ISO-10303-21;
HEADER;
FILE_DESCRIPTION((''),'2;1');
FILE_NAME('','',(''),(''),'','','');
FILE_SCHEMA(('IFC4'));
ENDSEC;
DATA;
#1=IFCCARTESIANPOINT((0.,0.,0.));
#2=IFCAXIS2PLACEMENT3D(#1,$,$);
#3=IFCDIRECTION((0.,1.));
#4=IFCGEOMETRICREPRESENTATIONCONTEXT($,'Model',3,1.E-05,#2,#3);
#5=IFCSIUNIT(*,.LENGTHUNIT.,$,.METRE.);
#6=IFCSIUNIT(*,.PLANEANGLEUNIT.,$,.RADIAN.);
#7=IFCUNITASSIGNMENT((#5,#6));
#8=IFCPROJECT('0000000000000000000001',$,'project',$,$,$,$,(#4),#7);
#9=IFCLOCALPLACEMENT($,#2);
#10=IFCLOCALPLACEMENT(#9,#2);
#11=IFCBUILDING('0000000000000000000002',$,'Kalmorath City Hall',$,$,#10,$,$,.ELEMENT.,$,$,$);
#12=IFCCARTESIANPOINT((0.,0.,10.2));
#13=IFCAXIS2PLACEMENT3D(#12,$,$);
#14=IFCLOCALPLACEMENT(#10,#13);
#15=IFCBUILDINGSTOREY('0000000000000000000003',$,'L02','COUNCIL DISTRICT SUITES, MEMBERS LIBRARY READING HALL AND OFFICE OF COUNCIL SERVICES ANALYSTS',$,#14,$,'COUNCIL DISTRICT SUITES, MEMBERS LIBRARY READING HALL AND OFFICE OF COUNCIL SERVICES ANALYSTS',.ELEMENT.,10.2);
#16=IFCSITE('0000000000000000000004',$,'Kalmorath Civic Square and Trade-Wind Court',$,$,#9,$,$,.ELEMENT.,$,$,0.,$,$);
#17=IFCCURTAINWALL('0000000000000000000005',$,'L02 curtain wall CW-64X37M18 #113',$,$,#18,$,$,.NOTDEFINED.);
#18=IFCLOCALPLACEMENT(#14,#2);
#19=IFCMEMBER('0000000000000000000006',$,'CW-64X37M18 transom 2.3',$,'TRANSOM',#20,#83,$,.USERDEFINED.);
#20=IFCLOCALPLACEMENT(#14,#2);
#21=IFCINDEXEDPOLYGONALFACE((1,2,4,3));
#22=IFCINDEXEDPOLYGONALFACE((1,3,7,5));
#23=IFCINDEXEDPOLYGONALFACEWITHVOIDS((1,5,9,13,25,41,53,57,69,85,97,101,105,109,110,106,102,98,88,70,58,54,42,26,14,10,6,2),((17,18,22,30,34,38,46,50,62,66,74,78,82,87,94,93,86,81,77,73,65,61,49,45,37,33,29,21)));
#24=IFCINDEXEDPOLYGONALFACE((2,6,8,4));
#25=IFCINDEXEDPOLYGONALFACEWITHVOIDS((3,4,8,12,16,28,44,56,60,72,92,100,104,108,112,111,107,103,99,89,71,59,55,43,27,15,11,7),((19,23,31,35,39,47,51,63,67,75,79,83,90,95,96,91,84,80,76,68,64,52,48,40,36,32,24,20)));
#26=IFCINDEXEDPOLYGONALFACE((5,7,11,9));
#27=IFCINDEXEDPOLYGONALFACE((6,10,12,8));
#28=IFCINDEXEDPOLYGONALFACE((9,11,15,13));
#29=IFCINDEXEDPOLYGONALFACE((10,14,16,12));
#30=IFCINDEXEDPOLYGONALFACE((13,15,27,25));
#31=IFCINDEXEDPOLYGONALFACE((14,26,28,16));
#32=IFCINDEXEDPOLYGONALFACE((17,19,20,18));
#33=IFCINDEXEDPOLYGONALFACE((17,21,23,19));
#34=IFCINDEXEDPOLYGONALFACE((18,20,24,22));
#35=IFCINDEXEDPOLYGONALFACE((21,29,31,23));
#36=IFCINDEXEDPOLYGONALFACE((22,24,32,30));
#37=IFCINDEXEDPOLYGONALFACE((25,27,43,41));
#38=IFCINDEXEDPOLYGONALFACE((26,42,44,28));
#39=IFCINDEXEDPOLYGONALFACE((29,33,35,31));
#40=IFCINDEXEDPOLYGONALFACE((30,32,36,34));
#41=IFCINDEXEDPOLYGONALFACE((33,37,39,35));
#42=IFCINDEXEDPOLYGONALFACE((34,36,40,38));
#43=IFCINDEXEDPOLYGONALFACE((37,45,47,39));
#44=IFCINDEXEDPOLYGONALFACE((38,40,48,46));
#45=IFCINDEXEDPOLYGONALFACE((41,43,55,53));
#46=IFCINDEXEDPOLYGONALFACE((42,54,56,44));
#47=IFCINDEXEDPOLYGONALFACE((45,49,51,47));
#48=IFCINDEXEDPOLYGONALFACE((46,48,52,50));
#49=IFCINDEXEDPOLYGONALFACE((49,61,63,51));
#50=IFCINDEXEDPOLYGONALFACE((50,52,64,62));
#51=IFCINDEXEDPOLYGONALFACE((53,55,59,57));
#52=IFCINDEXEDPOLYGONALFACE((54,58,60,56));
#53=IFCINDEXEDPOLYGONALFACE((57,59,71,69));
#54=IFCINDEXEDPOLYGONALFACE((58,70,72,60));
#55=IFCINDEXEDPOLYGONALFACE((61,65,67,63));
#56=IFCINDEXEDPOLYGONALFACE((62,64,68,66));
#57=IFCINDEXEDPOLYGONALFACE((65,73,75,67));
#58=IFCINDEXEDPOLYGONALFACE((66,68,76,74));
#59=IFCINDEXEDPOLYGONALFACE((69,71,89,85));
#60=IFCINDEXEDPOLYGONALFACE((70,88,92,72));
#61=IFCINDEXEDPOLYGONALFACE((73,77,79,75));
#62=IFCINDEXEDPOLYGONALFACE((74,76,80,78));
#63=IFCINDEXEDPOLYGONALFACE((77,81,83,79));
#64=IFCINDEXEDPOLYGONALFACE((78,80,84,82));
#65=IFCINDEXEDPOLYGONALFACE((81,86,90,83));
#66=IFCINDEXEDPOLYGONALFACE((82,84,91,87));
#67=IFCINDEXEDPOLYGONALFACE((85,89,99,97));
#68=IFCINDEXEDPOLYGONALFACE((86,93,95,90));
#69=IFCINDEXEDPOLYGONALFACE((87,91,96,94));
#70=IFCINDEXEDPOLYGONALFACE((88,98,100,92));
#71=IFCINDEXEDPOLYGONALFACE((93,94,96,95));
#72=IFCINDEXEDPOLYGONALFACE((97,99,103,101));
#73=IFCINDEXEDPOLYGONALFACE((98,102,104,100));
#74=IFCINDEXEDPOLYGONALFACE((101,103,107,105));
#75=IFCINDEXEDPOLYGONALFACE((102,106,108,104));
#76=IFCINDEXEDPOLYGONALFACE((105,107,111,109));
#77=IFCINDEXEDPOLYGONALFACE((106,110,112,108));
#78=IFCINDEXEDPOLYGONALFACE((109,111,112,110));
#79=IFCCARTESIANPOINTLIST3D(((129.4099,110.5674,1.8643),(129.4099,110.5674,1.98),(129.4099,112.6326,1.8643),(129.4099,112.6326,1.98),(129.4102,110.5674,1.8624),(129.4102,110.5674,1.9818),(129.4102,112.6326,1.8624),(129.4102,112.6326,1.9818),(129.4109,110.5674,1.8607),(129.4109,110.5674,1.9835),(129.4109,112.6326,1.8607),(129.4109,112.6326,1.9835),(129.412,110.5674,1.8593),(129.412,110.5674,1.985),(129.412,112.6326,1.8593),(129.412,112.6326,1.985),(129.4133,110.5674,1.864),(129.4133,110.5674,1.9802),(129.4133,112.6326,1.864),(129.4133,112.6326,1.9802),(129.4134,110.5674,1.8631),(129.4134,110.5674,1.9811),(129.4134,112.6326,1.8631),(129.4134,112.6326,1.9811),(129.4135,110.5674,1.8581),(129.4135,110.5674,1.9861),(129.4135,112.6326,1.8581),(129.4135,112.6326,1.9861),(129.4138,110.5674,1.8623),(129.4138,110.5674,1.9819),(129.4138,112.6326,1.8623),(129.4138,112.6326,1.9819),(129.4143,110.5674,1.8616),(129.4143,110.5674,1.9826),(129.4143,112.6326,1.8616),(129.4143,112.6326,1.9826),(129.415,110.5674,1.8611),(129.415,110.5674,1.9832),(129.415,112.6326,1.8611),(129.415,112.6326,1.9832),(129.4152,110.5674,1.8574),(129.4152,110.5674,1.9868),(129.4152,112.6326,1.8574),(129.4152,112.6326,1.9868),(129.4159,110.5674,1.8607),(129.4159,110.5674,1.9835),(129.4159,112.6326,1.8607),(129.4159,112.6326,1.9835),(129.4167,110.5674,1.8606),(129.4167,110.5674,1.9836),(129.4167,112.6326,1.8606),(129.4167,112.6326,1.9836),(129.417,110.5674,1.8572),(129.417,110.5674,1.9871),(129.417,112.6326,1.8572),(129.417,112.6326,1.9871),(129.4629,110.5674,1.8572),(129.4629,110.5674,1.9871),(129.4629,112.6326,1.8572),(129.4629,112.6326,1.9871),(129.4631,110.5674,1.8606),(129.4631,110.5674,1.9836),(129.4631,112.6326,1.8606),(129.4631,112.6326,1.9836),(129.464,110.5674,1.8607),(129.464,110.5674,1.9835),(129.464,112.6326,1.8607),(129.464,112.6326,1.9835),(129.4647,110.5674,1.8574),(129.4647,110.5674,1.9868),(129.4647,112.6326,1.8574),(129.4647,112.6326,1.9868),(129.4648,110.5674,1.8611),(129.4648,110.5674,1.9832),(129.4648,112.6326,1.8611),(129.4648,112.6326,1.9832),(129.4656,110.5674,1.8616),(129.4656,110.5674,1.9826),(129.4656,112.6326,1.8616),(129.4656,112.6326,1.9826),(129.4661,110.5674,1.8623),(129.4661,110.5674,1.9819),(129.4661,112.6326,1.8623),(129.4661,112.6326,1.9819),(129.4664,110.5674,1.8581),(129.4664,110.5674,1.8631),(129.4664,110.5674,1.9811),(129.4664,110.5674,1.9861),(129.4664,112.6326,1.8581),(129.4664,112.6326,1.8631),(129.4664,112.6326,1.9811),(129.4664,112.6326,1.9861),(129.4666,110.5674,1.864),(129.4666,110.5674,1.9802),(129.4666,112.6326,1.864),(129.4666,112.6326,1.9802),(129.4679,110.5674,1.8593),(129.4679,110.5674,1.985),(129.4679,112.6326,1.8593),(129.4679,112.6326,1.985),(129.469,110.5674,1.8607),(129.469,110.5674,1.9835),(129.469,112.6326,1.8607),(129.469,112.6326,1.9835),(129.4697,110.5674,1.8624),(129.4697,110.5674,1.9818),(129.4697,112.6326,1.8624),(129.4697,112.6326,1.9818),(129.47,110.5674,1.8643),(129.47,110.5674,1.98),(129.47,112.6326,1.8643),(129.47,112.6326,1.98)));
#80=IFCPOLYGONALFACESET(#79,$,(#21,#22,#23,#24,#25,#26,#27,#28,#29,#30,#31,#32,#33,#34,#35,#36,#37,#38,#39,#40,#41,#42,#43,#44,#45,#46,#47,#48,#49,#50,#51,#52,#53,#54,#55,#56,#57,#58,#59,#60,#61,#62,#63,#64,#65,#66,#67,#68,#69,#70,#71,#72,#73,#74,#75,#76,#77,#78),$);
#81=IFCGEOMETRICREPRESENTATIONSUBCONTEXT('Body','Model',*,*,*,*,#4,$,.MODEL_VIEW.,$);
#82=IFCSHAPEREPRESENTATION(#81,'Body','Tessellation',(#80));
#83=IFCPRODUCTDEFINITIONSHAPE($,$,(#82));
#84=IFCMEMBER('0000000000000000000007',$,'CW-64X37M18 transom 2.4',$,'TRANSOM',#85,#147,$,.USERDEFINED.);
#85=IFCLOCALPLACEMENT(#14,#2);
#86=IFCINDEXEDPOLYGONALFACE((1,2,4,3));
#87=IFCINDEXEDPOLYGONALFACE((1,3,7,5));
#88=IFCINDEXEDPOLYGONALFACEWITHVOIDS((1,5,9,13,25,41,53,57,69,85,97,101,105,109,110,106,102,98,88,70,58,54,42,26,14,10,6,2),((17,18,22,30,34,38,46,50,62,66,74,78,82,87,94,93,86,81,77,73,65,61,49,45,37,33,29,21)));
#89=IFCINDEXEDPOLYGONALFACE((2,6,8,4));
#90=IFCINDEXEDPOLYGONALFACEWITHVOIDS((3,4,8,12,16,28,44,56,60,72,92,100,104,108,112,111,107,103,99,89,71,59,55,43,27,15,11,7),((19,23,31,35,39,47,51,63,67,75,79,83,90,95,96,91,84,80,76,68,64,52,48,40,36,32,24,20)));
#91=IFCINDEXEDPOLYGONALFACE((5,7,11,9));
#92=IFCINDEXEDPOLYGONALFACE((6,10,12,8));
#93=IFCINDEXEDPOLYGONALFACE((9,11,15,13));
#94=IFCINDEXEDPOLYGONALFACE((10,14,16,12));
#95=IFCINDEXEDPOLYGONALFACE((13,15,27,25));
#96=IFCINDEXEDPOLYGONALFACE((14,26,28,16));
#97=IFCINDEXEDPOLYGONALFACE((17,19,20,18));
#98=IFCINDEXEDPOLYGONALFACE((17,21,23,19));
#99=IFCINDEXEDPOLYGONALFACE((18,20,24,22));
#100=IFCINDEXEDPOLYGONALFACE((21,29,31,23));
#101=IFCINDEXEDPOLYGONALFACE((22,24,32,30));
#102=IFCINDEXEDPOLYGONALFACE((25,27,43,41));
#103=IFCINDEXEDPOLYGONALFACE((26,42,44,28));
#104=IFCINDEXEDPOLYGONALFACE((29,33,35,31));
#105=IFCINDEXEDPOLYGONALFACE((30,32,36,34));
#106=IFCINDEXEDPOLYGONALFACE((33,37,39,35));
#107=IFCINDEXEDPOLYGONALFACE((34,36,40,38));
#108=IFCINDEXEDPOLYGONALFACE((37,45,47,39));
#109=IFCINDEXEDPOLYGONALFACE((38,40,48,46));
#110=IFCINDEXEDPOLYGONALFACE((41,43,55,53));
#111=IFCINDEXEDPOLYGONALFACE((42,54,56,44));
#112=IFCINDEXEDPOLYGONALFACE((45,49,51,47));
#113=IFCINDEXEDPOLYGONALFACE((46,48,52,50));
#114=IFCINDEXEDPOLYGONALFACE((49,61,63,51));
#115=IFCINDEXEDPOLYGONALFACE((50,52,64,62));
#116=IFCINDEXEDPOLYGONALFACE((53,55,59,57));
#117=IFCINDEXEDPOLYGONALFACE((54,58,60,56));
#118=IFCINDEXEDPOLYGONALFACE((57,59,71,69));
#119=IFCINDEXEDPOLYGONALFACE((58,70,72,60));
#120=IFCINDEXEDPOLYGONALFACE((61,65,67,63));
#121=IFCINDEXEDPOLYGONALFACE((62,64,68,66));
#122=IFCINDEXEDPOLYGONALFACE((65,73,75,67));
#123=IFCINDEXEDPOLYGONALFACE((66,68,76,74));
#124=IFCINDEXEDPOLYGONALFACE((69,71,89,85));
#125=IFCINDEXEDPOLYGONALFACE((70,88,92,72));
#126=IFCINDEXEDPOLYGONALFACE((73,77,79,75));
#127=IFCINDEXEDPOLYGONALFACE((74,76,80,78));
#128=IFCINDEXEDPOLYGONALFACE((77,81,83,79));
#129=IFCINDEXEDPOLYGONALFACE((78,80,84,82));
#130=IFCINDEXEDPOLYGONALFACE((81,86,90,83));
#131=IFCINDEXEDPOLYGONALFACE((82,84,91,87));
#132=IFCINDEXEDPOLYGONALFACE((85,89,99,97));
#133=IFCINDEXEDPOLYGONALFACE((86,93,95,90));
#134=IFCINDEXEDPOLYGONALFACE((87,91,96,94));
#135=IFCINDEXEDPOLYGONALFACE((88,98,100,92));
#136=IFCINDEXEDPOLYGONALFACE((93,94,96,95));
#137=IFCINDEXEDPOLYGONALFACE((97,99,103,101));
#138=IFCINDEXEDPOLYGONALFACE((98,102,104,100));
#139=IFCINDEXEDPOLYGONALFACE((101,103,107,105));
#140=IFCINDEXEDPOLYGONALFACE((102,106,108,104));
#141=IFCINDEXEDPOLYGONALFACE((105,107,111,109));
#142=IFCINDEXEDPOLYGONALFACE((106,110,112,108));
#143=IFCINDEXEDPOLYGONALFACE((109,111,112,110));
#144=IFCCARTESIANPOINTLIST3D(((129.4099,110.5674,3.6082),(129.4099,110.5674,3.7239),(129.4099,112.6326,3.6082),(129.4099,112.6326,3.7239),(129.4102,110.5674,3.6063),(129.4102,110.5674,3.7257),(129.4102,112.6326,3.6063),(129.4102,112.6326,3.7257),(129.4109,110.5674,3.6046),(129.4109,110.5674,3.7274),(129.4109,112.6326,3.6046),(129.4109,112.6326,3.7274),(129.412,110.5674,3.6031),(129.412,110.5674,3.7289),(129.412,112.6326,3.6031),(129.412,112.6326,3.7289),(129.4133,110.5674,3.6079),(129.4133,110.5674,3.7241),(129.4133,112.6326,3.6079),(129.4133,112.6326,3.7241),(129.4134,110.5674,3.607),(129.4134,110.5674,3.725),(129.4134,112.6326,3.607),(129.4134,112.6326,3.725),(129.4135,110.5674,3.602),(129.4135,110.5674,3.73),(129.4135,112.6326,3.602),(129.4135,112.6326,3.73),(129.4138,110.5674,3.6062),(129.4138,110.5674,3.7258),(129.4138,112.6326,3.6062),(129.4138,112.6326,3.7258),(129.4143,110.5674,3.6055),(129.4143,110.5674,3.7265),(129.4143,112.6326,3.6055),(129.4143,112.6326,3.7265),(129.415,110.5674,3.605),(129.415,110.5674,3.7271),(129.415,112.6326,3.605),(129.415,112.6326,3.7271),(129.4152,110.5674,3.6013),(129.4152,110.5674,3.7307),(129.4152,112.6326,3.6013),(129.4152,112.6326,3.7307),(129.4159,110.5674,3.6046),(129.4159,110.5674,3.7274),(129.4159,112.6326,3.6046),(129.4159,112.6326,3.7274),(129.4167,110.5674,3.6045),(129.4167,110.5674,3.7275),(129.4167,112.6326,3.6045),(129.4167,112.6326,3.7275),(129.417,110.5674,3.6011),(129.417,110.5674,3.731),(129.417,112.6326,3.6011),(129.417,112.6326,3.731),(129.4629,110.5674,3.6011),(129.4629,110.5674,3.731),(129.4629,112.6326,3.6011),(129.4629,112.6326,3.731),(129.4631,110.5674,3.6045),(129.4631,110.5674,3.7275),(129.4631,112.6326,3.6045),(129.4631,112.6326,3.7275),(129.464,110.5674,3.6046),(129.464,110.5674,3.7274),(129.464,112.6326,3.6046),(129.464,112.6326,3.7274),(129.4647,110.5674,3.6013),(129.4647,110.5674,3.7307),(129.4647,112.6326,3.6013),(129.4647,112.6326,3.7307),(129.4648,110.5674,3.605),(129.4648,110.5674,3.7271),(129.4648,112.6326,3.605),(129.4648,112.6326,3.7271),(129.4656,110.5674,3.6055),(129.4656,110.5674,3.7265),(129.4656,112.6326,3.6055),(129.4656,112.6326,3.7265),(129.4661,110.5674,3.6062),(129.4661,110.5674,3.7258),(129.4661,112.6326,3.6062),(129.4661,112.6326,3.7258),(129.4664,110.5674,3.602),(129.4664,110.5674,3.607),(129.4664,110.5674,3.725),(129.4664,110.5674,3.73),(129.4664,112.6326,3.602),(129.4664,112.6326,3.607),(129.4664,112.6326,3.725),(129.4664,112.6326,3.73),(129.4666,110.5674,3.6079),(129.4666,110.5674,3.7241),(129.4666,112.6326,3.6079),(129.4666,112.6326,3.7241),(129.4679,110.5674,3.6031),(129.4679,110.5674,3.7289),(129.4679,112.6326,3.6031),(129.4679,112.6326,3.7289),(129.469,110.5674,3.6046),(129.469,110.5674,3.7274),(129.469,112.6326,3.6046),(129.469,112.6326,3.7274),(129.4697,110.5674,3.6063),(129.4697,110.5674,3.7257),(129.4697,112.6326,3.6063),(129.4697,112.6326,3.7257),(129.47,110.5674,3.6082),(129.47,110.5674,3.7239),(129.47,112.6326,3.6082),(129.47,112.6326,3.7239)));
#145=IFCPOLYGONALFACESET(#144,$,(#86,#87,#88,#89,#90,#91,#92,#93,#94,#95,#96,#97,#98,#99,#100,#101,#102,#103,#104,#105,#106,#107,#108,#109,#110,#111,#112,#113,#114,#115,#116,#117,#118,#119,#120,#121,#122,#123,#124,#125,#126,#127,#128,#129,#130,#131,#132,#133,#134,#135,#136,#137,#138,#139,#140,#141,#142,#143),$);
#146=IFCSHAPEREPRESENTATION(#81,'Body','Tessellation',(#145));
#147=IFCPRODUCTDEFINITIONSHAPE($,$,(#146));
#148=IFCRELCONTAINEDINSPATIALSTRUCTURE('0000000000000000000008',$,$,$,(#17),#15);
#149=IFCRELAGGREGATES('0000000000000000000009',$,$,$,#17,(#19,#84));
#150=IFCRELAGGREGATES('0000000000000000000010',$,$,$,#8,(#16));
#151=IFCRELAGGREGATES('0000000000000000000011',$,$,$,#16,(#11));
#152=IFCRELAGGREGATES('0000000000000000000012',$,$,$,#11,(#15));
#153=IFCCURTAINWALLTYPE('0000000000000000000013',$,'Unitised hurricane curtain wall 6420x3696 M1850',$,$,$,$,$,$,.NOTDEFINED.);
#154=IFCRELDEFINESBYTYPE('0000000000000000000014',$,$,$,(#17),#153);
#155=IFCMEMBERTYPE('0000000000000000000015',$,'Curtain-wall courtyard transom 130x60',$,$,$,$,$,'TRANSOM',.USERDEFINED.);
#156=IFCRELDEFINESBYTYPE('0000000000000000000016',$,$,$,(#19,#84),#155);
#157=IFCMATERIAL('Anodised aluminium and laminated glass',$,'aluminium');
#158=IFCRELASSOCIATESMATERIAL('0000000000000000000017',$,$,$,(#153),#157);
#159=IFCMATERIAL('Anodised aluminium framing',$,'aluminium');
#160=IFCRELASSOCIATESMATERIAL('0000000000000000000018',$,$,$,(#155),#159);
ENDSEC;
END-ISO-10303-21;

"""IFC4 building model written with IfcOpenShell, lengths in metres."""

from ifc_helpers import new_model, si_unit, direction, frame, origin, origin_2d, place, context, subcontext, project, spatial, hollow_rectangle, extrude, material, material_profile, profile_set, type_object, element, aggregate, save


model = new_model("IFC4")

# Units and contexts
model_context = context("Model", 3, precision=1e-05, world=origin(), true_north=direction((0.0, 1.0)))
body_context = subcontext(model_context, "Body", "Model", "MODEL_VIEW")
ifc_project = project(units=[si_unit("LENGTHUNIT", "METRE"), si_unit("PLANEANGLEUNIT", "RADIAN")], contexts=[model_context])

# Site, building, storey
site_placement = place(None, origin())
site = spatial("IfcSite", under=ifc_project, at=site_placement, Name="Kalmorath Civic Square and Trade-Wind Court", CompositionType="ELEMENT", RefElevation=0.0)
building_placement = place(site_placement, origin())
building = spatial("IfcBuilding", under=site, at=building_placement, Name="Kalmorath City Hall", CompositionType="ELEMENT")
storey_placement = place(building_placement, frame((0.0, 0.0, 10.2)))
storey = spatial("IfcBuildingStorey", under=building, at=storey_placement, Name="L02", Description="COUNCIL DISTRICT SUITES, MEMBERS LIBRARY READING HALL AND OFFICE OF COUNCIL SERVICES ANALYSTS", LongName="COUNCIL DISTRICT SUITES, MEMBERS LIBRARY READING HALL AND OFFICE OF COUNCIL SERVICES ANALYSTS", CompositionType="ELEMENT", Elevation=10.2)

# Curtain wall, members
ifc_material_1 = material(Name="Anodised aluminium and laminated glass", Category="aluminium")
curtain_wall_type = type_object("IfcCurtainWallType", Name="Unitised hurricane curtain wall 6420x3696 M1850", PredefinedType="NOTDEFINED", material=ifc_material_1)
curtain_wall_placement = place(storey_placement, origin())
curtain_wall = element("IfcCurtainWall", 1, at=curtain_wall_placement, inside=storey, type_object=curtain_wall_type, Name="L02 curtain wall CW-64X37M18 #113", PredefinedType="NOTDEFINED")
ifc_material_2 = material(Name="Anodised aluminium framing", Category="aluminium")
ifc_material_profile_1 = material_profile(ifc_material_2, hollow_rectangle(XDim=0.0601, YDim=0.1299, WallThickness=0.0034, InnerFilletRadius=0.0034, OuterFilletRadius=0.0071, at=origin_2d()), Name="ALU-TRN-130X60X3.5")
ifc_profile_set_1 = profile_set([ifc_material_profile_1], Name="Anodised aluminium framing")
member_type_1 = type_object("IfcMemberType", Name="Curtain-wall courtyard transom 130x60", ElementType="TRANSOM", PredefinedType="USERDEFINED", material=ifc_profile_set_1)
member_1_placement = place(storey_placement, frame((129.4399, 112.6326, 1.9221), z_axis=(0.0, -1.0, 0.0), x_axis=(1.0, 0.0, 0.0)))
member_1 = element("IfcMember", 2, at=member_1_placement, type_object=member_type_1, Name="CW-64X37M18 transom 2.3", ObjectType="TRANSOM", PredefinedType="USERDEFINED", context=body_context, shape_type="SweptSolid", body=[
    extrude(hollow_rectangle(XDim=0.0601, YDim=0.1299, WallThickness=0.0034, InnerFilletRadius=0.0034, OuterFilletRadius=0.0071, at=origin_2d()), origin(), (0.0, 0.0, 1.0), 2.0652),
])
member_2_placement = place(storey_placement, frame((129.4399, 112.6326, 3.666), z_axis=(0.0, -1.0, 0.0), x_axis=(1.0, 0.0, 0.0)))
member_2 = element("IfcMember", 3, at=member_2_placement, type_object=member_type_1, Name="CW-64X37M18 transom 2.4", ObjectType="TRANSOM", PredefinedType="USERDEFINED", context=body_context, shape_type="SweptSolid", body=[
    extrude(hollow_rectangle(XDim=0.0601, YDim=0.1299, WallThickness=0.0034, InnerFilletRadius=0.0034, OuterFilletRadius=0.0071, at=origin_2d()), origin(), (0.0, 0.0, 1.0), 2.0652),
])

aggregate(curtain_wall, [member_1, member_2])

save(model, "model.ifc")
